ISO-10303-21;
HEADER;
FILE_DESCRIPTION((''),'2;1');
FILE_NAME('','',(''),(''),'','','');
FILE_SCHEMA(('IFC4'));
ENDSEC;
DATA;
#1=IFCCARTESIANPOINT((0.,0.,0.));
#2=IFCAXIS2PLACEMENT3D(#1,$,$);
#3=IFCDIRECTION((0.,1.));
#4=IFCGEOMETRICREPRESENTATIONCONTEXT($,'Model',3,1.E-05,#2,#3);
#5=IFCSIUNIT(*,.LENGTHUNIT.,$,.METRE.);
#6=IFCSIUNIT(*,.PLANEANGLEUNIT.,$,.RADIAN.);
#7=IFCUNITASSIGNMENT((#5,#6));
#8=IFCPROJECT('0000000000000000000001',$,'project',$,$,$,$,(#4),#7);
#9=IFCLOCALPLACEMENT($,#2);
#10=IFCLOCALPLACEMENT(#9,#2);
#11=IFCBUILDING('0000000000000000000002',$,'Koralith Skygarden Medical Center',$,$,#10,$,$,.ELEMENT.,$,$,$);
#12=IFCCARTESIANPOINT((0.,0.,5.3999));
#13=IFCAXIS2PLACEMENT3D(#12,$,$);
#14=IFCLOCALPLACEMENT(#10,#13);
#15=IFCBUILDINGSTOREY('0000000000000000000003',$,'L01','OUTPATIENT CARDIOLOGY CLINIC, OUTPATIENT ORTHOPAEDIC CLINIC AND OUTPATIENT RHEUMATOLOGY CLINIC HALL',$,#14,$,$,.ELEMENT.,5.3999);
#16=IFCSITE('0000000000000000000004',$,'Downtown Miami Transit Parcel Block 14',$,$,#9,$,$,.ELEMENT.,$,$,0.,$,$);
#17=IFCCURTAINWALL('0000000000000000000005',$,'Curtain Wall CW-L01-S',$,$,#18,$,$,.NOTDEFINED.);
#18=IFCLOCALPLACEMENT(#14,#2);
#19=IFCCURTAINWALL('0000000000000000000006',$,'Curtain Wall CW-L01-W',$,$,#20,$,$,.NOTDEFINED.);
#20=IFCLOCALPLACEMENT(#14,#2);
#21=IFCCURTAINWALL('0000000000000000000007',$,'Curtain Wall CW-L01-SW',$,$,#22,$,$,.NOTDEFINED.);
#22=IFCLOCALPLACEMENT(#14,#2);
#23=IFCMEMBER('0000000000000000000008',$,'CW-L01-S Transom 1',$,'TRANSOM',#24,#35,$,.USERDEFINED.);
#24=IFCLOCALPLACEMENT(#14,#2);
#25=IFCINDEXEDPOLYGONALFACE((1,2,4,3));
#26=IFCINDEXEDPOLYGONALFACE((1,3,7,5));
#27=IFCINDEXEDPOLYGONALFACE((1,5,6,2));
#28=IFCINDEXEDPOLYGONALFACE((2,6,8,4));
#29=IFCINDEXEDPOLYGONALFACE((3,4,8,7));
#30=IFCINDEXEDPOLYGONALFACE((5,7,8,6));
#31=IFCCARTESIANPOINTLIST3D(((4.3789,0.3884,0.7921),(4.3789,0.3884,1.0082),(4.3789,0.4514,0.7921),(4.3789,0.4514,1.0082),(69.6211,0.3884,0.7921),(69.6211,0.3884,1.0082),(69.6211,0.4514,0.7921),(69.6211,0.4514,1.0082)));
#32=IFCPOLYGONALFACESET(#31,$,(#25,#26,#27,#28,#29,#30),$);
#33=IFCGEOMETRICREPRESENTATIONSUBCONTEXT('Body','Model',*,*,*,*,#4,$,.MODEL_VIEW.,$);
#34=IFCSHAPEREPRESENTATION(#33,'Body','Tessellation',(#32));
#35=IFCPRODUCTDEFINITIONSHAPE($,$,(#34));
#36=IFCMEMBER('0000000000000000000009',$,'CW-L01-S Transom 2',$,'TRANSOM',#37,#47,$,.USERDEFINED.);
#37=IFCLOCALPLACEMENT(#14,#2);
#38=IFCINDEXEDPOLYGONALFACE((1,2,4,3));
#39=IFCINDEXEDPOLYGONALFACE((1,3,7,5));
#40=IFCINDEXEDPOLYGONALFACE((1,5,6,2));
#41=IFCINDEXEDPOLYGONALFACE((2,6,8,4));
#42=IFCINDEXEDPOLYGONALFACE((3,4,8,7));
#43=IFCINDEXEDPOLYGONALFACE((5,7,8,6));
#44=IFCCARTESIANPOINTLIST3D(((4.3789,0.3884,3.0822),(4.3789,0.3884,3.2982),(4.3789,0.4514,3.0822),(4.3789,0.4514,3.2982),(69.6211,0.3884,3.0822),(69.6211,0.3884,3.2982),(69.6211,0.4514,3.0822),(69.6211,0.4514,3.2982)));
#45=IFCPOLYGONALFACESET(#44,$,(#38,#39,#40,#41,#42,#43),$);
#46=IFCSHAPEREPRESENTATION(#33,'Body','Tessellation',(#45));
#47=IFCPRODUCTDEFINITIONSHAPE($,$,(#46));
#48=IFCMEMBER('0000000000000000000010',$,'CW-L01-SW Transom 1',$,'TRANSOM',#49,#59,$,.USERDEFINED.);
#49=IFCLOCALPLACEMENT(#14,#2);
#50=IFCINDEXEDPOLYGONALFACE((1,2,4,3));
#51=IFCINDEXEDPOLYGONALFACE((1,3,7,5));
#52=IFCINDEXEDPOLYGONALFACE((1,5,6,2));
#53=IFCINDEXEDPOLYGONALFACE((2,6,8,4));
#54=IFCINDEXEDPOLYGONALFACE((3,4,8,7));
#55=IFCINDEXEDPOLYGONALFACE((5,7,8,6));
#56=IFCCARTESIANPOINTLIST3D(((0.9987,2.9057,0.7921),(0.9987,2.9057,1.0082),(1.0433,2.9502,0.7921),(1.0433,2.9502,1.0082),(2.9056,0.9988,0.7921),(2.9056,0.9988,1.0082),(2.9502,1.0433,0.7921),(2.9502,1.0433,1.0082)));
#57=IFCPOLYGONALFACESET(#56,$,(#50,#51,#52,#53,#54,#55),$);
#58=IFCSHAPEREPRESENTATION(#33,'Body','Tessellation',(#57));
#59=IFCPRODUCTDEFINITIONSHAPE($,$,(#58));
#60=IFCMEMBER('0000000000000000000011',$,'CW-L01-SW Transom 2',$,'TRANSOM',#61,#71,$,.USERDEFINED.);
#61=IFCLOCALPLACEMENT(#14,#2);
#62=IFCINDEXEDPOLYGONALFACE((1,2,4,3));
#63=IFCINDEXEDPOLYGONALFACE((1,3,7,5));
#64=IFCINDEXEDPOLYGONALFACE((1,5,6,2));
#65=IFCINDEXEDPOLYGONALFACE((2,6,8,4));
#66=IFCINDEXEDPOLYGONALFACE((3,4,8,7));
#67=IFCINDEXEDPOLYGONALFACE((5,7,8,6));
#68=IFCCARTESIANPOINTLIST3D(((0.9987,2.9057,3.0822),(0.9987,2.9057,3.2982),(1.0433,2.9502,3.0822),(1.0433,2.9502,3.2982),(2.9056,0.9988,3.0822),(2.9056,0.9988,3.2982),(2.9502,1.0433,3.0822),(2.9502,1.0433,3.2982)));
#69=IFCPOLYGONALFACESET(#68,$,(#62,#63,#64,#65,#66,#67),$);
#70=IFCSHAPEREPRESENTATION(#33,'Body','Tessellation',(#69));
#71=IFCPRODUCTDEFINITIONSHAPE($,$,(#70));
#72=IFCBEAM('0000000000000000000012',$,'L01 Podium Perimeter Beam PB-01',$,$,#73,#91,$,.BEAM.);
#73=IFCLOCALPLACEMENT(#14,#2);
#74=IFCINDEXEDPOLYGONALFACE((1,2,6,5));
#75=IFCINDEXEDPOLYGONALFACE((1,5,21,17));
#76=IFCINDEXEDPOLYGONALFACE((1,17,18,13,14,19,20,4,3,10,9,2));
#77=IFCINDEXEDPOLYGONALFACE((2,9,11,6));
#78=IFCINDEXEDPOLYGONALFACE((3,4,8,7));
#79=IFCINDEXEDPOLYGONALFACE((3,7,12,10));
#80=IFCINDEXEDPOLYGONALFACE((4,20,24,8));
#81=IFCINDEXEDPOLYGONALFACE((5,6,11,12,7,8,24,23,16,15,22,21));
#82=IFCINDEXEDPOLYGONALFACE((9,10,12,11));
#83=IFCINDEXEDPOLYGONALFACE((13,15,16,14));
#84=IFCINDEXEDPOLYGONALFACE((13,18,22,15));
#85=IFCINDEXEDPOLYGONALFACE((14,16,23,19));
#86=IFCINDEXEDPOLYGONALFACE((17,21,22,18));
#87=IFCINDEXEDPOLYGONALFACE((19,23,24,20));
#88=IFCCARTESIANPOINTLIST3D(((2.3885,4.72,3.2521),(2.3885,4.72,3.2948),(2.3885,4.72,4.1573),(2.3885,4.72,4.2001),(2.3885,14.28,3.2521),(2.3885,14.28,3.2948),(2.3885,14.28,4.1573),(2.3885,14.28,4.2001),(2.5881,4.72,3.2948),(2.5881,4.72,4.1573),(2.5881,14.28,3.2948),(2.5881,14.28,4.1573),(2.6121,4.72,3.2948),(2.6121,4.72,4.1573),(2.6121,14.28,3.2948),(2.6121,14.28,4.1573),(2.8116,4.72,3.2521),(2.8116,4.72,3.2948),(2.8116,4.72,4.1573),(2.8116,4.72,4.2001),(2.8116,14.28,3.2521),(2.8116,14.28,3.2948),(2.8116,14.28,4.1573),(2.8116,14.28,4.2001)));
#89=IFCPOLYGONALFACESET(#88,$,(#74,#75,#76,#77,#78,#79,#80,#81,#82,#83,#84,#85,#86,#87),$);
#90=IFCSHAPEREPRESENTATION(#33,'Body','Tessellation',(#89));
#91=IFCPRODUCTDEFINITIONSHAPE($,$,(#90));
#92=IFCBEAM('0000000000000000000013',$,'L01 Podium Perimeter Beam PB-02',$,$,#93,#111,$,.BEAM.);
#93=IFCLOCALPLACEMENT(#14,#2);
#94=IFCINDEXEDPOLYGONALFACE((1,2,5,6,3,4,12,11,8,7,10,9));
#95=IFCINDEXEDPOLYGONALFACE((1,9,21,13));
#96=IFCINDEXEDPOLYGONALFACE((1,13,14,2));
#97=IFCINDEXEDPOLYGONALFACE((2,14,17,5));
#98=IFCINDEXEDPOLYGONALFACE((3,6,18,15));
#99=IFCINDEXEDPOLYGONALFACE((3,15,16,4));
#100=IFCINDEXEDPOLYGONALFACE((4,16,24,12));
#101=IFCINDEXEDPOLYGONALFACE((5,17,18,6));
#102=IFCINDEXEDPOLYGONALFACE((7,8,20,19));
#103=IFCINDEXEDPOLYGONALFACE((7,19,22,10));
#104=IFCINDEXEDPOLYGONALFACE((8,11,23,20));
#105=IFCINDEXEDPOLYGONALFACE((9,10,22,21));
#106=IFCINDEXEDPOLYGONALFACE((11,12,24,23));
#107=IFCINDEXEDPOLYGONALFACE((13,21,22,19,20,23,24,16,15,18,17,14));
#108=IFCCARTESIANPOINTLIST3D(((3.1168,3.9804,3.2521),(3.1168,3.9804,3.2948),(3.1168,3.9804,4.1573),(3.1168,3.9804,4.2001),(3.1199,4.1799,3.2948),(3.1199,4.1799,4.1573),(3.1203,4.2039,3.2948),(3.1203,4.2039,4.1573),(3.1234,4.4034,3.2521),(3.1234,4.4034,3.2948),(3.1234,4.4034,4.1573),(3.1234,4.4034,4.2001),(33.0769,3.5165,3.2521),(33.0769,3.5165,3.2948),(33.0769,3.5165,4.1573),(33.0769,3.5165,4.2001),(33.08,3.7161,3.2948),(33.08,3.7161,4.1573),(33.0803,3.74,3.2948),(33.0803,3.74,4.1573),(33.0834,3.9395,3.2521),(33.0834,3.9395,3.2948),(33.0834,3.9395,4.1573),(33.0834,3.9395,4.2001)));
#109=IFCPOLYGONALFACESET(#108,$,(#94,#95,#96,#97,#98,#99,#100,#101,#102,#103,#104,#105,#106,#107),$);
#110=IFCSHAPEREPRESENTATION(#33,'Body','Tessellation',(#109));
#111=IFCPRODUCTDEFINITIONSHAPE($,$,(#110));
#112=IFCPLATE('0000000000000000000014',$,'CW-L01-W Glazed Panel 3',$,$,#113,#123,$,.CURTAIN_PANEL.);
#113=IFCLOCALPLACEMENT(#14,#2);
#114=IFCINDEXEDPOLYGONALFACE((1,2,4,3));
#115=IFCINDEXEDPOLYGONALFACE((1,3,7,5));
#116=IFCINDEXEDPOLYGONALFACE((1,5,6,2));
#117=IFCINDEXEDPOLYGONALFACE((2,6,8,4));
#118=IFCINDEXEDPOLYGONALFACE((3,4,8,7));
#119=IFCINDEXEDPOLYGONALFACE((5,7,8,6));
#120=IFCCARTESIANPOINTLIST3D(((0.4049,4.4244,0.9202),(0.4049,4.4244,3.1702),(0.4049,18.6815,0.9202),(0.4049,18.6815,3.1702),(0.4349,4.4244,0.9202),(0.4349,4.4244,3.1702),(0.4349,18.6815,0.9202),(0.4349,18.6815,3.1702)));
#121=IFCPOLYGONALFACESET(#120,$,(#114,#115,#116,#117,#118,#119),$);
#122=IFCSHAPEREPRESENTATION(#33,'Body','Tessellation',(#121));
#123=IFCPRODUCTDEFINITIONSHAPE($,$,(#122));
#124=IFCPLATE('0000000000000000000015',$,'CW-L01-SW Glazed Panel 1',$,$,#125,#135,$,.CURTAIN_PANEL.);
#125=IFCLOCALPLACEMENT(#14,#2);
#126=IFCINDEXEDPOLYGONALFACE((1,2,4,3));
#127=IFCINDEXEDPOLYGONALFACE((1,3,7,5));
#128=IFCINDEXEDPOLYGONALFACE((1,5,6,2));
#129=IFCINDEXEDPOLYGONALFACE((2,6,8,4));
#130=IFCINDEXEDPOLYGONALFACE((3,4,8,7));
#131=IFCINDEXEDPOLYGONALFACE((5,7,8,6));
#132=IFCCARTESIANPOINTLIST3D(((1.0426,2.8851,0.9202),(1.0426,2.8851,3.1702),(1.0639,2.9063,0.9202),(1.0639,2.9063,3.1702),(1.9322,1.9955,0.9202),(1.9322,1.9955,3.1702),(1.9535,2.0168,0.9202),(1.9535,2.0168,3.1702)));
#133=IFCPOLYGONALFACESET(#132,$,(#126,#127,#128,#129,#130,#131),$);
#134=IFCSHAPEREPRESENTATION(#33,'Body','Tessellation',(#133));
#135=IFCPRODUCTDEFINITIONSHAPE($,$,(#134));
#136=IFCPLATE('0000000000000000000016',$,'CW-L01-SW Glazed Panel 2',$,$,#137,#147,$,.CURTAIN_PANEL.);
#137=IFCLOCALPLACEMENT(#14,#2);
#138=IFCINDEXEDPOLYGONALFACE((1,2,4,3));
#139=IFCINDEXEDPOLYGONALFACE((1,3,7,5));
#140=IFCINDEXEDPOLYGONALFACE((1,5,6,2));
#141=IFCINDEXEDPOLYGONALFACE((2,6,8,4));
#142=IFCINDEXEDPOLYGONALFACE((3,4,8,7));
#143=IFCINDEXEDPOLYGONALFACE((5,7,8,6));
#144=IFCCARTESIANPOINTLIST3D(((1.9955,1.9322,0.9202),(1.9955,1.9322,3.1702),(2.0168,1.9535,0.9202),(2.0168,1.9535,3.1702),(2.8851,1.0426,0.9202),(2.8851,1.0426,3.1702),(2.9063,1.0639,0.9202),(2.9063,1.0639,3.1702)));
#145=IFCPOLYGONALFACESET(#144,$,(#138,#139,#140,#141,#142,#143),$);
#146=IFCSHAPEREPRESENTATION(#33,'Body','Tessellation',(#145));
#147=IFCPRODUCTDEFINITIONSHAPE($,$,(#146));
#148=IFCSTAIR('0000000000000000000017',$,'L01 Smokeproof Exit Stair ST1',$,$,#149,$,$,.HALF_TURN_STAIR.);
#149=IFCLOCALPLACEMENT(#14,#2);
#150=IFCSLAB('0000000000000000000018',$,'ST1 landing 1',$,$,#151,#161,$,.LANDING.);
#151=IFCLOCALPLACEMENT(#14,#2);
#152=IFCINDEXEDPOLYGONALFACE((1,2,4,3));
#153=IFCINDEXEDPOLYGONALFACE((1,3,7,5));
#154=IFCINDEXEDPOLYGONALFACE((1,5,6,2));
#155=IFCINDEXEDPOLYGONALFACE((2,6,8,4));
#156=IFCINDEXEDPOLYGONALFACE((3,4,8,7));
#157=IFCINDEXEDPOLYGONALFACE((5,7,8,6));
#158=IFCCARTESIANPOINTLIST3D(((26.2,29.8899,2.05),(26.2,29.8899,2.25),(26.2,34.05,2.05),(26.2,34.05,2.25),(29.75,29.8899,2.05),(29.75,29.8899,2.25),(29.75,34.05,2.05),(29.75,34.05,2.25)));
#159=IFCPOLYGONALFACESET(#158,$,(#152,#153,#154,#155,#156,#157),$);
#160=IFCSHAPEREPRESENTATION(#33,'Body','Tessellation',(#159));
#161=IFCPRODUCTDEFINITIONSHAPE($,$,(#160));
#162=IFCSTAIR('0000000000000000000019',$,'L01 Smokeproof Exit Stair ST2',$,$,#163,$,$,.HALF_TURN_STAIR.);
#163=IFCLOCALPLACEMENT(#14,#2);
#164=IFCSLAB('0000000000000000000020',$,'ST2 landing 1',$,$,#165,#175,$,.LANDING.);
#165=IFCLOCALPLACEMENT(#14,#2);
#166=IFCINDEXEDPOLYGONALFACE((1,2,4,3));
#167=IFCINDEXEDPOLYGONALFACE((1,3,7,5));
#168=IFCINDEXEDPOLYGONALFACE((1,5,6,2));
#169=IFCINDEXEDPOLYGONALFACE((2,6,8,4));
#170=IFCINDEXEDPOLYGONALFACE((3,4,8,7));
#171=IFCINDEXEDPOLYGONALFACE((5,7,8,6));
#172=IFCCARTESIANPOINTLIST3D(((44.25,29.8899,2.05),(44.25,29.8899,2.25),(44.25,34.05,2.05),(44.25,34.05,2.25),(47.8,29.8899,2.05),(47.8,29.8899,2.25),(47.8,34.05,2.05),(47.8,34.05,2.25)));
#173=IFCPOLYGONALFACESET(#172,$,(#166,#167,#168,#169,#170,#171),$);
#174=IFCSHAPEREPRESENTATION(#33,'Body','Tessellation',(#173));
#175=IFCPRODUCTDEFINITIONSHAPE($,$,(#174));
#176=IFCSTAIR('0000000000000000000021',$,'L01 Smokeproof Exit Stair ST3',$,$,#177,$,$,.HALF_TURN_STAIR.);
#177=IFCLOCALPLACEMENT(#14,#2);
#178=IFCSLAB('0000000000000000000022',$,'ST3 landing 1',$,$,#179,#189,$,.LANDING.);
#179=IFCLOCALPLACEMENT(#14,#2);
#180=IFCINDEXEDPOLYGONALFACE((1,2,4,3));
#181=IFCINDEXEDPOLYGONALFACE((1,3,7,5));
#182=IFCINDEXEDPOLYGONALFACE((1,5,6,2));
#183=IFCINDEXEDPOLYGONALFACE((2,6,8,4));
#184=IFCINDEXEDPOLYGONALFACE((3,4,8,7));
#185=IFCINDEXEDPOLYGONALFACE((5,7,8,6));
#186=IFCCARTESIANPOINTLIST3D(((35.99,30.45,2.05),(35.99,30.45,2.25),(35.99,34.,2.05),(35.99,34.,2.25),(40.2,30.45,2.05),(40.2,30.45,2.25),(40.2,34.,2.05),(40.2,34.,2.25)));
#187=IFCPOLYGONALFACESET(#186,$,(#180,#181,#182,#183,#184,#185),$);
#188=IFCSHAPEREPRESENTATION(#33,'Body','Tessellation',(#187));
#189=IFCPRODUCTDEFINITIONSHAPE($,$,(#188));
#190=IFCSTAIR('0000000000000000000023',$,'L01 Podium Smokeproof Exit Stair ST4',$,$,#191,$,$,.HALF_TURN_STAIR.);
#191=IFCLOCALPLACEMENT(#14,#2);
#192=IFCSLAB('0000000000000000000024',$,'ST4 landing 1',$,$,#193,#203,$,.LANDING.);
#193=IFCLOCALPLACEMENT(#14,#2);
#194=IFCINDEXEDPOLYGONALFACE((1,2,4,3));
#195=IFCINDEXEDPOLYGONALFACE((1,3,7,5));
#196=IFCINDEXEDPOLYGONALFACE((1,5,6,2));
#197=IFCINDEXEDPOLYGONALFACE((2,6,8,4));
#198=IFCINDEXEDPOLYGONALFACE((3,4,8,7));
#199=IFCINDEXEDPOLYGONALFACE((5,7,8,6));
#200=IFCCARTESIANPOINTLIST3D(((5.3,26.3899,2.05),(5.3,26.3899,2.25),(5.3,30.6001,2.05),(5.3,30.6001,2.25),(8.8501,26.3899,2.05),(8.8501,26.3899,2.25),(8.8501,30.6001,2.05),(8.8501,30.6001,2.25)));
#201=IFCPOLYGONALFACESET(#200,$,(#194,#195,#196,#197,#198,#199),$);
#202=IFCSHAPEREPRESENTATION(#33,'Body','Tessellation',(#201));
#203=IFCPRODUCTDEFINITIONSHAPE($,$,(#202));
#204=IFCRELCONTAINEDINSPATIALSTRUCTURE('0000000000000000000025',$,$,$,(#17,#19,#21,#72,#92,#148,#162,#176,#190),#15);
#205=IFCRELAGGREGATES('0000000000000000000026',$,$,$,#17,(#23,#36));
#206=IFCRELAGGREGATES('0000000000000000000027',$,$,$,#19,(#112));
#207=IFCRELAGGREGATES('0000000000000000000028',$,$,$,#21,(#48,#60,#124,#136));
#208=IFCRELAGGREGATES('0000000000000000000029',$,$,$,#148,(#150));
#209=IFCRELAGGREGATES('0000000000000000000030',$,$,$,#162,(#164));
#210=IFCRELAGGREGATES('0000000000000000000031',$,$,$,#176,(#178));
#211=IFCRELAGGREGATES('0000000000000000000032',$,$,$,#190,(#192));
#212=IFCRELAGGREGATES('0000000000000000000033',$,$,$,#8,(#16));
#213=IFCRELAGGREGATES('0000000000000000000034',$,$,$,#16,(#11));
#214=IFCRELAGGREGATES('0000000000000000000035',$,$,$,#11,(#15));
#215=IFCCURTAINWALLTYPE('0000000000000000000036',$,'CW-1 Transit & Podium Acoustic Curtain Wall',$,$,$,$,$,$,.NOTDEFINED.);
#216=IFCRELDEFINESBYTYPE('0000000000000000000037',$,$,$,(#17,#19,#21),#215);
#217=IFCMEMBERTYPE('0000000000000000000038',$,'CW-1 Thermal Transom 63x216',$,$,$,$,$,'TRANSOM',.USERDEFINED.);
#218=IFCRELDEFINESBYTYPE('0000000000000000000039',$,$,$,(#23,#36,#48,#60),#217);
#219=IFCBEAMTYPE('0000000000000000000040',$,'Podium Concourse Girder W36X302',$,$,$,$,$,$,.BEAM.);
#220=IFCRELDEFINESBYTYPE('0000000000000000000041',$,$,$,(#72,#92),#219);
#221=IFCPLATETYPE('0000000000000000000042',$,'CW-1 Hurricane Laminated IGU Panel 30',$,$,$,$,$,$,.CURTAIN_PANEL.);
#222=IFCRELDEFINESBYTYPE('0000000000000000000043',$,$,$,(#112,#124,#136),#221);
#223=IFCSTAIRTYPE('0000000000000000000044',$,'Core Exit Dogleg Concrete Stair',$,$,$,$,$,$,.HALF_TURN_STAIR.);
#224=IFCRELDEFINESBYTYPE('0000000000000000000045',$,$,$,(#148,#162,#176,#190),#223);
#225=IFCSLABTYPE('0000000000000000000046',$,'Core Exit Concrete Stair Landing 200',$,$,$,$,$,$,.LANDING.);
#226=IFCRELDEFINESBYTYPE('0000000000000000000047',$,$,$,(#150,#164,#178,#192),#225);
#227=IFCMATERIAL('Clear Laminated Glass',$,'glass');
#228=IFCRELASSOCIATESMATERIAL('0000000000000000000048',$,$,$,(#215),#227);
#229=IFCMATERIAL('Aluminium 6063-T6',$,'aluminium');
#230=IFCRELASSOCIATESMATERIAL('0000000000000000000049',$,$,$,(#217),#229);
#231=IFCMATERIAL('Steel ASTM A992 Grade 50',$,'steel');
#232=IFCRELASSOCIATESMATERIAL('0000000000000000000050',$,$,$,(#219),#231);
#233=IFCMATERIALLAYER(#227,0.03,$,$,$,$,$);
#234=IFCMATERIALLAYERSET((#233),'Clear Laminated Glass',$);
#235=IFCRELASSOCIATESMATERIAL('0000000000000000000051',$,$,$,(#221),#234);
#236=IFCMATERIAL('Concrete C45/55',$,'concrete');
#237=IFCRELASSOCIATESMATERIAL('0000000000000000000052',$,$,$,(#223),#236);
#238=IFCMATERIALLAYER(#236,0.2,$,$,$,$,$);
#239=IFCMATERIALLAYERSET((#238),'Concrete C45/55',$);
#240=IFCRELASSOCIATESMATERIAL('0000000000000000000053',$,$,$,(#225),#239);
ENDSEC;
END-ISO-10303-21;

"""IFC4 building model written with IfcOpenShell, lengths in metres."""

from ifc_helpers import new_model, si_unit, direction, frame, origin, origin_2d, place, context, subcontext, project, spatial, polyline, rectangle, i_section, outline, extrude, material, layer, layer_set, material_profile, profile_set, type_object, element, aggregate, save


model = new_model("IFC4")

# Units and contexts
model_context = context("Model", 3, precision=1e-05, world=origin(), true_north=direction((0.0, 1.0)))
body_context = subcontext(model_context, "Body", "Model", "MODEL_VIEW")
ifc_project = project(units=[si_unit("LENGTHUNIT", "METRE"), si_unit("PLANEANGLEUNIT", "RADIAN")], contexts=[model_context])

# Site, building, storey
site_placement = place(None, origin())
site = spatial("IfcSite", under=ifc_project, at=site_placement, Name="Downtown Miami Transit Parcel Block 14", CompositionType="ELEMENT", RefElevation=0.0)
building_placement = place(site_placement, origin())
building = spatial("IfcBuilding", under=site, at=building_placement, Name="Koralith Skygarden Medical Center", CompositionType="ELEMENT")
storey_placement = place(building_placement, frame((0.0, 0.0, 5.3999)))
storey = spatial("IfcBuildingStorey", under=building, at=storey_placement, Name="L01", Description="OUTPATIENT CARDIOLOGY CLINIC, OUTPATIENT ORTHOPAEDIC CLINIC AND OUTPATIENT RHEUMATOLOGY CLINIC HALL", CompositionType="ELEMENT", Elevation=5.3999)

# Curtain wall
ifc_material_1 = material(Name="Clear Laminated Glass", Category="glass")
curtain_wall_type = type_object("IfcCurtainWallType", Name="CW-1 Transit & Podium Acoustic Curtain Wall", PredefinedType="NOTDEFINED", material=ifc_material_1)
curtain_wall_1_placement = place(storey_placement, origin())
curtain_wall_1 = element("IfcCurtainWall", 1, at=curtain_wall_1_placement, inside=storey, type_object=curtain_wall_type, Name="Curtain Wall CW-L01-S", PredefinedType="NOTDEFINED")
ifc_material_2 = material(Name="Aluminium 6063-T6", Category="aluminium")

# Curtain walls
curtain_wall_2_placement = place(storey_placement, origin())
curtain_wall_2 = element("IfcCurtainWall", 2, at=curtain_wall_2_placement, inside=storey, type_object=curtain_wall_type, Name="Curtain Wall CW-L01-W", PredefinedType="NOTDEFINED")
curtain_wall_3_placement = place(storey_placement, origin())
curtain_wall_3 = element("IfcCurtainWall", 3, at=curtain_wall_3_placement, inside=storey, type_object=curtain_wall_type, Name="Curtain Wall CW-L01-SW", PredefinedType="NOTDEFINED")

# Members
ifc_material_profile_1 = material_profile(ifc_material_2, rectangle(XDim=0.063, YDim=0.2161, at=origin_2d()), Name="TRN63X216")
ifc_profile_set_1 = profile_set([ifc_material_profile_1], Name="Aluminium 6063-T6")
member_type_1 = type_object("IfcMemberType", Name="CW-1 Thermal Transom 63x216", ElementType="TRANSOM", PredefinedType="USERDEFINED", material=ifc_profile_set_1)
member_1_placement = place(storey_placement, frame((4.3789, 0.4199, 0.9001), z_axis=(1.0, 0.0, 0.0), x_axis=(0.0, 1.0, 0.0)))
member_1 = element("IfcMember", 4, at=member_1_placement, type_object=member_type_1, Name="CW-L01-S Transom 1", ObjectType="TRANSOM", PredefinedType="USERDEFINED", context=body_context, shape_type="SweptSolid", body=[
    extrude(rectangle(XDim=0.063, YDim=0.2161, at=origin_2d()), origin(), (0.0, 0.0, 1.0), 65.2422),
])
member_2_placement = place(storey_placement, frame((4.3789, 0.4199, 3.1902), z_axis=(1.0, 0.0, 0.0), x_axis=(0.0, 1.0, 0.0)))
member_2 = element("IfcMember", 5, at=member_2_placement, type_object=member_type_1, Name="CW-L01-S Transom 2", ObjectType="TRANSOM", PredefinedType="USERDEFINED", context=body_context, shape_type="SweptSolid", body=[
    extrude(rectangle(XDim=0.063, YDim=0.2161, at=origin_2d()), origin(), (0.0, 0.0, 1.0), 65.2422),
])
aggregate(curtain_wall_1, [member_1, member_2])
member_3_placement = place(storey_placement, frame((1.021, 2.928, 0.9001), z_axis=(0.707107, -0.707107, 0.0), x_axis=(0.707107, 0.707107, 0.0)))
member_3 = element("IfcMember", 6, at=member_3_placement, type_object=member_type_1, Name="CW-L01-SW Transom 1", ObjectType="TRANSOM", PredefinedType="USERDEFINED", context=body_context, shape_type="SweptSolid", body=[
    extrude(rectangle(XDim=0.063, YDim=0.2161, at=origin_2d()), origin(), (0.0, 0.0, 1.0), 2.6968),
])
member_4_placement = place(storey_placement, frame((1.021, 2.928, 3.1902), z_axis=(0.707107, -0.707107, 0.0), x_axis=(0.707107, 0.707107, 0.0)))
member_4 = element("IfcMember", 7, at=member_4_placement, type_object=member_type_1, Name="CW-L01-SW Transom 2", ObjectType="TRANSOM", PredefinedType="USERDEFINED", context=body_context, shape_type="SweptSolid", body=[
    extrude(rectangle(XDim=0.063, YDim=0.2161, at=origin_2d()), origin(), (0.0, 0.0, 1.0), 2.6968),
])

# Beams
ifc_material_3 = material(Name="Steel ASTM A992 Grade 50", Category="steel")
ifc_material_profile_2 = material_profile(ifc_material_3, i_section(OverallWidth=0.4231, OverallDepth=0.948, WebThickness=0.0239, FlangeThickness=0.0427, at=origin_2d()), Name="W36X302")
ifc_profile_set_2 = profile_set([ifc_material_profile_2], Name="Steel ASTM A992 Grade 50")
beam_type = type_object("IfcBeamType", Name="Podium Concourse Girder W36X302", PredefinedType="BEAM", material=ifc_profile_set_2)
beam_1_placement = place(storey_placement, frame((2.6001, 14.28, 3.7261), z_axis=(0.0, -1.0, 0.0), x_axis=(1.0, 0.0, 0.0)))
element("IfcBeam", 8, at=beam_1_placement, inside=storey, type_object=beam_type, Name="L01 Podium Perimeter Beam PB-01", PredefinedType="BEAM", context=body_context, shape_type="SweptSolid", body=[
    extrude(i_section(OverallWidth=0.4231, OverallDepth=0.948, WebThickness=0.0239, FlangeThickness=0.0427, at=origin_2d()), origin(), (0.0, 0.0, 1.0), 9.5601),
])
beam_2_placement = place(storey_placement, frame((3.1201, 4.1919, 3.7261), z_axis=(0.99988, -0.015481, 0.0), x_axis=(0.015481, 0.99988, 0.0)))
element("IfcBeam", 9, at=beam_2_placement, inside=storey, type_object=beam_type, Name="L01 Podium Perimeter Beam PB-02", PredefinedType="BEAM", context=body_context, shape_type="SweptSolid", body=[
    extrude(i_section(OverallWidth=0.4231, OverallDepth=0.948, WebThickness=0.0239, FlangeThickness=0.0427, at=origin_2d()), origin(), (0.0, 0.0, 1.0), 29.9636),
])

# Plates
ifc_layer_1 = layer(ifc_material_1, 0.03)
ifc_layer_set_1 = layer_set([ifc_layer_1], Name="Clear Laminated Glass")
plate_type_1 = type_object("IfcPlateType", Name="CW-1 Hurricane Laminated IGU Panel 30", PredefinedType="CURTAIN_PANEL", material=ifc_layer_set_1)
plate_1_placement = place(storey_placement, frame((0.4199, 11.553, 0.9202), z_axis=(0.0, 0.0, 1.0), x_axis=(0.0, -1.0, 0.0)))
plate_1 = element("IfcPlate", 10, at=plate_1_placement, type_object=plate_type_1, Name="CW-L01-W Glazed Panel 3", PredefinedType="CURTAIN_PANEL", context=body_context, shape_type="SweptSolid", body=[
    extrude(rectangle(XDim=14.2571, YDim=0.03, at=origin_2d()), origin(), (0.0, 0.0, 1.0), 2.25),
])
aggregate(curtain_wall_2, [plate_1])
plate_2_placement = place(storey_placement, frame((1.498, 2.4509, 0.9202), z_axis=(0.0, 0.0, 1.0), x_axis=(0.707107, -0.707107, 0.0)))
plate_2 = element("IfcPlate", 11, at=plate_2_placement, type_object=plate_type_1, Name="CW-L01-SW Glazed Panel 1", PredefinedType="CURTAIN_PANEL", context=body_context, shape_type="SweptSolid", body=[
    extrude(rectangle(XDim=1.2581, YDim=0.03, at=origin_2d()), origin(), (0.0, 0.0, 1.0), 2.25),
])
plate_3_placement = place(storey_placement, frame((2.4509, 1.498, 0.9202), z_axis=(0.0, 0.0, 1.0), x_axis=(0.707107, -0.707107, 0.0)))
plate_3 = element("IfcPlate", 12, at=plate_3_placement, type_object=plate_type_1, Name="CW-L01-SW Glazed Panel 2", PredefinedType="CURTAIN_PANEL", context=body_context, shape_type="SweptSolid", body=[
    extrude(rectangle(XDim=1.2581, YDim=0.03, at=origin_2d()), origin(), (0.0, 0.0, 1.0), 2.25),
])
aggregate(curtain_wall_3, [member_3, member_4, plate_2, plate_3])

# Stairs, slabs
ifc_material_4 = material(Name="Concrete C45/55", Category="concrete")
stair_type = type_object("IfcStairType", Name="Core Exit Dogleg Concrete Stair", PredefinedType="HALF_TURN_STAIR", material=ifc_material_4)
stair_1_placement = place(storey_placement, origin())
stair_1 = element("IfcStair", 13, at=stair_1_placement, inside=storey, type_object=stair_type, Name="L01 Smokeproof Exit Stair ST1", PredefinedType="HALF_TURN_STAIR")
ifc_layer_2 = layer(ifc_material_4, 0.2)
ifc_layer_set_2 = layer_set([ifc_layer_2], Name="Concrete C45/55")
slab_type_1 = type_object("IfcSlabType", Name="Core Exit Concrete Stair Landing 200", PredefinedType="LANDING", material=ifc_layer_set_2)
slab_1_placement = place(storey_placement, frame((0.0, 0.0, 2.05)))
slab_1 = element("IfcSlab", 14, at=slab_1_placement, type_object=slab_type_1, Name="ST1 landing 1", PredefinedType="LANDING", context=body_context, shape_type="SweptSolid", body=[
    extrude(outline(polyline([(29.75, 29.8899), (29.75, 34.05), (26.2, 34.05), (26.2, 29.8899), (29.75, 29.8899)])), origin(), (0.0, 0.0, 1.0), 0.2),
])
aggregate(stair_1, [slab_1])
stair_2_placement = place(storey_placement, origin())
stair_2 = element("IfcStair", 15, at=stair_2_placement, inside=storey, type_object=stair_type, Name="L01 Smokeproof Exit Stair ST2", PredefinedType="HALF_TURN_STAIR")
slab_2_placement = place(storey_placement, frame((0.0, 0.0, 2.05)))
slab_2 = element("IfcSlab", 16, at=slab_2_placement, type_object=slab_type_1, Name="ST2 landing 1", PredefinedType="LANDING", context=body_context, shape_type="SweptSolid", body=[
    extrude(outline(polyline([(47.8, 29.8899), (47.8, 34.05), (44.25, 34.05), (44.25, 29.8899), (47.8, 29.8899)])), origin(), (0.0, 0.0, 1.0), 0.2),
])
aggregate(stair_2, [slab_2])
stair_3_placement = place(storey_placement, origin())
stair_3 = element("IfcStair", 17, at=stair_3_placement, inside=storey, type_object=stair_type, Name="L01 Smokeproof Exit Stair ST3", PredefinedType="HALF_TURN_STAIR")
slab_3_placement = place(storey_placement, frame((0.0, 0.0, 2.05)))
slab_3 = element("IfcSlab", 18, at=slab_3_placement, type_object=slab_type_1, Name="ST3 landing 1", PredefinedType="LANDING", context=body_context, shape_type="SweptSolid", body=[
    extrude(outline(polyline([(35.99, 30.45), (40.2, 30.45), (40.2, 34.0), (35.99, 34.0), (35.99, 30.45)])), origin(), (0.0, 0.0, 1.0), 0.2),
])
aggregate(stair_3, [slab_3])
stair_4_placement = place(storey_placement, origin())
stair_4 = element("IfcStair", 19, at=stair_4_placement, inside=storey, type_object=stair_type, Name="L01 Podium Smokeproof Exit Stair ST4", PredefinedType="HALF_TURN_STAIR")
slab_4_placement = place(storey_placement, frame((0.0, 0.0, 2.05)))
slab_4 = element("IfcSlab", 20, at=slab_4_placement, type_object=slab_type_1, Name="ST4 landing 1", PredefinedType="LANDING", context=body_context, shape_type="SweptSolid", body=[
    extrude(outline(polyline([(8.8501, 26.3899), (8.8501, 30.6001), (5.3, 30.6001), (5.3, 26.3899), (8.8501, 26.3899)])), origin(), (0.0, 0.0, 1.0), 0.2),
])
aggregate(stair_4, [slab_4])

save(model, "model.ifc")
